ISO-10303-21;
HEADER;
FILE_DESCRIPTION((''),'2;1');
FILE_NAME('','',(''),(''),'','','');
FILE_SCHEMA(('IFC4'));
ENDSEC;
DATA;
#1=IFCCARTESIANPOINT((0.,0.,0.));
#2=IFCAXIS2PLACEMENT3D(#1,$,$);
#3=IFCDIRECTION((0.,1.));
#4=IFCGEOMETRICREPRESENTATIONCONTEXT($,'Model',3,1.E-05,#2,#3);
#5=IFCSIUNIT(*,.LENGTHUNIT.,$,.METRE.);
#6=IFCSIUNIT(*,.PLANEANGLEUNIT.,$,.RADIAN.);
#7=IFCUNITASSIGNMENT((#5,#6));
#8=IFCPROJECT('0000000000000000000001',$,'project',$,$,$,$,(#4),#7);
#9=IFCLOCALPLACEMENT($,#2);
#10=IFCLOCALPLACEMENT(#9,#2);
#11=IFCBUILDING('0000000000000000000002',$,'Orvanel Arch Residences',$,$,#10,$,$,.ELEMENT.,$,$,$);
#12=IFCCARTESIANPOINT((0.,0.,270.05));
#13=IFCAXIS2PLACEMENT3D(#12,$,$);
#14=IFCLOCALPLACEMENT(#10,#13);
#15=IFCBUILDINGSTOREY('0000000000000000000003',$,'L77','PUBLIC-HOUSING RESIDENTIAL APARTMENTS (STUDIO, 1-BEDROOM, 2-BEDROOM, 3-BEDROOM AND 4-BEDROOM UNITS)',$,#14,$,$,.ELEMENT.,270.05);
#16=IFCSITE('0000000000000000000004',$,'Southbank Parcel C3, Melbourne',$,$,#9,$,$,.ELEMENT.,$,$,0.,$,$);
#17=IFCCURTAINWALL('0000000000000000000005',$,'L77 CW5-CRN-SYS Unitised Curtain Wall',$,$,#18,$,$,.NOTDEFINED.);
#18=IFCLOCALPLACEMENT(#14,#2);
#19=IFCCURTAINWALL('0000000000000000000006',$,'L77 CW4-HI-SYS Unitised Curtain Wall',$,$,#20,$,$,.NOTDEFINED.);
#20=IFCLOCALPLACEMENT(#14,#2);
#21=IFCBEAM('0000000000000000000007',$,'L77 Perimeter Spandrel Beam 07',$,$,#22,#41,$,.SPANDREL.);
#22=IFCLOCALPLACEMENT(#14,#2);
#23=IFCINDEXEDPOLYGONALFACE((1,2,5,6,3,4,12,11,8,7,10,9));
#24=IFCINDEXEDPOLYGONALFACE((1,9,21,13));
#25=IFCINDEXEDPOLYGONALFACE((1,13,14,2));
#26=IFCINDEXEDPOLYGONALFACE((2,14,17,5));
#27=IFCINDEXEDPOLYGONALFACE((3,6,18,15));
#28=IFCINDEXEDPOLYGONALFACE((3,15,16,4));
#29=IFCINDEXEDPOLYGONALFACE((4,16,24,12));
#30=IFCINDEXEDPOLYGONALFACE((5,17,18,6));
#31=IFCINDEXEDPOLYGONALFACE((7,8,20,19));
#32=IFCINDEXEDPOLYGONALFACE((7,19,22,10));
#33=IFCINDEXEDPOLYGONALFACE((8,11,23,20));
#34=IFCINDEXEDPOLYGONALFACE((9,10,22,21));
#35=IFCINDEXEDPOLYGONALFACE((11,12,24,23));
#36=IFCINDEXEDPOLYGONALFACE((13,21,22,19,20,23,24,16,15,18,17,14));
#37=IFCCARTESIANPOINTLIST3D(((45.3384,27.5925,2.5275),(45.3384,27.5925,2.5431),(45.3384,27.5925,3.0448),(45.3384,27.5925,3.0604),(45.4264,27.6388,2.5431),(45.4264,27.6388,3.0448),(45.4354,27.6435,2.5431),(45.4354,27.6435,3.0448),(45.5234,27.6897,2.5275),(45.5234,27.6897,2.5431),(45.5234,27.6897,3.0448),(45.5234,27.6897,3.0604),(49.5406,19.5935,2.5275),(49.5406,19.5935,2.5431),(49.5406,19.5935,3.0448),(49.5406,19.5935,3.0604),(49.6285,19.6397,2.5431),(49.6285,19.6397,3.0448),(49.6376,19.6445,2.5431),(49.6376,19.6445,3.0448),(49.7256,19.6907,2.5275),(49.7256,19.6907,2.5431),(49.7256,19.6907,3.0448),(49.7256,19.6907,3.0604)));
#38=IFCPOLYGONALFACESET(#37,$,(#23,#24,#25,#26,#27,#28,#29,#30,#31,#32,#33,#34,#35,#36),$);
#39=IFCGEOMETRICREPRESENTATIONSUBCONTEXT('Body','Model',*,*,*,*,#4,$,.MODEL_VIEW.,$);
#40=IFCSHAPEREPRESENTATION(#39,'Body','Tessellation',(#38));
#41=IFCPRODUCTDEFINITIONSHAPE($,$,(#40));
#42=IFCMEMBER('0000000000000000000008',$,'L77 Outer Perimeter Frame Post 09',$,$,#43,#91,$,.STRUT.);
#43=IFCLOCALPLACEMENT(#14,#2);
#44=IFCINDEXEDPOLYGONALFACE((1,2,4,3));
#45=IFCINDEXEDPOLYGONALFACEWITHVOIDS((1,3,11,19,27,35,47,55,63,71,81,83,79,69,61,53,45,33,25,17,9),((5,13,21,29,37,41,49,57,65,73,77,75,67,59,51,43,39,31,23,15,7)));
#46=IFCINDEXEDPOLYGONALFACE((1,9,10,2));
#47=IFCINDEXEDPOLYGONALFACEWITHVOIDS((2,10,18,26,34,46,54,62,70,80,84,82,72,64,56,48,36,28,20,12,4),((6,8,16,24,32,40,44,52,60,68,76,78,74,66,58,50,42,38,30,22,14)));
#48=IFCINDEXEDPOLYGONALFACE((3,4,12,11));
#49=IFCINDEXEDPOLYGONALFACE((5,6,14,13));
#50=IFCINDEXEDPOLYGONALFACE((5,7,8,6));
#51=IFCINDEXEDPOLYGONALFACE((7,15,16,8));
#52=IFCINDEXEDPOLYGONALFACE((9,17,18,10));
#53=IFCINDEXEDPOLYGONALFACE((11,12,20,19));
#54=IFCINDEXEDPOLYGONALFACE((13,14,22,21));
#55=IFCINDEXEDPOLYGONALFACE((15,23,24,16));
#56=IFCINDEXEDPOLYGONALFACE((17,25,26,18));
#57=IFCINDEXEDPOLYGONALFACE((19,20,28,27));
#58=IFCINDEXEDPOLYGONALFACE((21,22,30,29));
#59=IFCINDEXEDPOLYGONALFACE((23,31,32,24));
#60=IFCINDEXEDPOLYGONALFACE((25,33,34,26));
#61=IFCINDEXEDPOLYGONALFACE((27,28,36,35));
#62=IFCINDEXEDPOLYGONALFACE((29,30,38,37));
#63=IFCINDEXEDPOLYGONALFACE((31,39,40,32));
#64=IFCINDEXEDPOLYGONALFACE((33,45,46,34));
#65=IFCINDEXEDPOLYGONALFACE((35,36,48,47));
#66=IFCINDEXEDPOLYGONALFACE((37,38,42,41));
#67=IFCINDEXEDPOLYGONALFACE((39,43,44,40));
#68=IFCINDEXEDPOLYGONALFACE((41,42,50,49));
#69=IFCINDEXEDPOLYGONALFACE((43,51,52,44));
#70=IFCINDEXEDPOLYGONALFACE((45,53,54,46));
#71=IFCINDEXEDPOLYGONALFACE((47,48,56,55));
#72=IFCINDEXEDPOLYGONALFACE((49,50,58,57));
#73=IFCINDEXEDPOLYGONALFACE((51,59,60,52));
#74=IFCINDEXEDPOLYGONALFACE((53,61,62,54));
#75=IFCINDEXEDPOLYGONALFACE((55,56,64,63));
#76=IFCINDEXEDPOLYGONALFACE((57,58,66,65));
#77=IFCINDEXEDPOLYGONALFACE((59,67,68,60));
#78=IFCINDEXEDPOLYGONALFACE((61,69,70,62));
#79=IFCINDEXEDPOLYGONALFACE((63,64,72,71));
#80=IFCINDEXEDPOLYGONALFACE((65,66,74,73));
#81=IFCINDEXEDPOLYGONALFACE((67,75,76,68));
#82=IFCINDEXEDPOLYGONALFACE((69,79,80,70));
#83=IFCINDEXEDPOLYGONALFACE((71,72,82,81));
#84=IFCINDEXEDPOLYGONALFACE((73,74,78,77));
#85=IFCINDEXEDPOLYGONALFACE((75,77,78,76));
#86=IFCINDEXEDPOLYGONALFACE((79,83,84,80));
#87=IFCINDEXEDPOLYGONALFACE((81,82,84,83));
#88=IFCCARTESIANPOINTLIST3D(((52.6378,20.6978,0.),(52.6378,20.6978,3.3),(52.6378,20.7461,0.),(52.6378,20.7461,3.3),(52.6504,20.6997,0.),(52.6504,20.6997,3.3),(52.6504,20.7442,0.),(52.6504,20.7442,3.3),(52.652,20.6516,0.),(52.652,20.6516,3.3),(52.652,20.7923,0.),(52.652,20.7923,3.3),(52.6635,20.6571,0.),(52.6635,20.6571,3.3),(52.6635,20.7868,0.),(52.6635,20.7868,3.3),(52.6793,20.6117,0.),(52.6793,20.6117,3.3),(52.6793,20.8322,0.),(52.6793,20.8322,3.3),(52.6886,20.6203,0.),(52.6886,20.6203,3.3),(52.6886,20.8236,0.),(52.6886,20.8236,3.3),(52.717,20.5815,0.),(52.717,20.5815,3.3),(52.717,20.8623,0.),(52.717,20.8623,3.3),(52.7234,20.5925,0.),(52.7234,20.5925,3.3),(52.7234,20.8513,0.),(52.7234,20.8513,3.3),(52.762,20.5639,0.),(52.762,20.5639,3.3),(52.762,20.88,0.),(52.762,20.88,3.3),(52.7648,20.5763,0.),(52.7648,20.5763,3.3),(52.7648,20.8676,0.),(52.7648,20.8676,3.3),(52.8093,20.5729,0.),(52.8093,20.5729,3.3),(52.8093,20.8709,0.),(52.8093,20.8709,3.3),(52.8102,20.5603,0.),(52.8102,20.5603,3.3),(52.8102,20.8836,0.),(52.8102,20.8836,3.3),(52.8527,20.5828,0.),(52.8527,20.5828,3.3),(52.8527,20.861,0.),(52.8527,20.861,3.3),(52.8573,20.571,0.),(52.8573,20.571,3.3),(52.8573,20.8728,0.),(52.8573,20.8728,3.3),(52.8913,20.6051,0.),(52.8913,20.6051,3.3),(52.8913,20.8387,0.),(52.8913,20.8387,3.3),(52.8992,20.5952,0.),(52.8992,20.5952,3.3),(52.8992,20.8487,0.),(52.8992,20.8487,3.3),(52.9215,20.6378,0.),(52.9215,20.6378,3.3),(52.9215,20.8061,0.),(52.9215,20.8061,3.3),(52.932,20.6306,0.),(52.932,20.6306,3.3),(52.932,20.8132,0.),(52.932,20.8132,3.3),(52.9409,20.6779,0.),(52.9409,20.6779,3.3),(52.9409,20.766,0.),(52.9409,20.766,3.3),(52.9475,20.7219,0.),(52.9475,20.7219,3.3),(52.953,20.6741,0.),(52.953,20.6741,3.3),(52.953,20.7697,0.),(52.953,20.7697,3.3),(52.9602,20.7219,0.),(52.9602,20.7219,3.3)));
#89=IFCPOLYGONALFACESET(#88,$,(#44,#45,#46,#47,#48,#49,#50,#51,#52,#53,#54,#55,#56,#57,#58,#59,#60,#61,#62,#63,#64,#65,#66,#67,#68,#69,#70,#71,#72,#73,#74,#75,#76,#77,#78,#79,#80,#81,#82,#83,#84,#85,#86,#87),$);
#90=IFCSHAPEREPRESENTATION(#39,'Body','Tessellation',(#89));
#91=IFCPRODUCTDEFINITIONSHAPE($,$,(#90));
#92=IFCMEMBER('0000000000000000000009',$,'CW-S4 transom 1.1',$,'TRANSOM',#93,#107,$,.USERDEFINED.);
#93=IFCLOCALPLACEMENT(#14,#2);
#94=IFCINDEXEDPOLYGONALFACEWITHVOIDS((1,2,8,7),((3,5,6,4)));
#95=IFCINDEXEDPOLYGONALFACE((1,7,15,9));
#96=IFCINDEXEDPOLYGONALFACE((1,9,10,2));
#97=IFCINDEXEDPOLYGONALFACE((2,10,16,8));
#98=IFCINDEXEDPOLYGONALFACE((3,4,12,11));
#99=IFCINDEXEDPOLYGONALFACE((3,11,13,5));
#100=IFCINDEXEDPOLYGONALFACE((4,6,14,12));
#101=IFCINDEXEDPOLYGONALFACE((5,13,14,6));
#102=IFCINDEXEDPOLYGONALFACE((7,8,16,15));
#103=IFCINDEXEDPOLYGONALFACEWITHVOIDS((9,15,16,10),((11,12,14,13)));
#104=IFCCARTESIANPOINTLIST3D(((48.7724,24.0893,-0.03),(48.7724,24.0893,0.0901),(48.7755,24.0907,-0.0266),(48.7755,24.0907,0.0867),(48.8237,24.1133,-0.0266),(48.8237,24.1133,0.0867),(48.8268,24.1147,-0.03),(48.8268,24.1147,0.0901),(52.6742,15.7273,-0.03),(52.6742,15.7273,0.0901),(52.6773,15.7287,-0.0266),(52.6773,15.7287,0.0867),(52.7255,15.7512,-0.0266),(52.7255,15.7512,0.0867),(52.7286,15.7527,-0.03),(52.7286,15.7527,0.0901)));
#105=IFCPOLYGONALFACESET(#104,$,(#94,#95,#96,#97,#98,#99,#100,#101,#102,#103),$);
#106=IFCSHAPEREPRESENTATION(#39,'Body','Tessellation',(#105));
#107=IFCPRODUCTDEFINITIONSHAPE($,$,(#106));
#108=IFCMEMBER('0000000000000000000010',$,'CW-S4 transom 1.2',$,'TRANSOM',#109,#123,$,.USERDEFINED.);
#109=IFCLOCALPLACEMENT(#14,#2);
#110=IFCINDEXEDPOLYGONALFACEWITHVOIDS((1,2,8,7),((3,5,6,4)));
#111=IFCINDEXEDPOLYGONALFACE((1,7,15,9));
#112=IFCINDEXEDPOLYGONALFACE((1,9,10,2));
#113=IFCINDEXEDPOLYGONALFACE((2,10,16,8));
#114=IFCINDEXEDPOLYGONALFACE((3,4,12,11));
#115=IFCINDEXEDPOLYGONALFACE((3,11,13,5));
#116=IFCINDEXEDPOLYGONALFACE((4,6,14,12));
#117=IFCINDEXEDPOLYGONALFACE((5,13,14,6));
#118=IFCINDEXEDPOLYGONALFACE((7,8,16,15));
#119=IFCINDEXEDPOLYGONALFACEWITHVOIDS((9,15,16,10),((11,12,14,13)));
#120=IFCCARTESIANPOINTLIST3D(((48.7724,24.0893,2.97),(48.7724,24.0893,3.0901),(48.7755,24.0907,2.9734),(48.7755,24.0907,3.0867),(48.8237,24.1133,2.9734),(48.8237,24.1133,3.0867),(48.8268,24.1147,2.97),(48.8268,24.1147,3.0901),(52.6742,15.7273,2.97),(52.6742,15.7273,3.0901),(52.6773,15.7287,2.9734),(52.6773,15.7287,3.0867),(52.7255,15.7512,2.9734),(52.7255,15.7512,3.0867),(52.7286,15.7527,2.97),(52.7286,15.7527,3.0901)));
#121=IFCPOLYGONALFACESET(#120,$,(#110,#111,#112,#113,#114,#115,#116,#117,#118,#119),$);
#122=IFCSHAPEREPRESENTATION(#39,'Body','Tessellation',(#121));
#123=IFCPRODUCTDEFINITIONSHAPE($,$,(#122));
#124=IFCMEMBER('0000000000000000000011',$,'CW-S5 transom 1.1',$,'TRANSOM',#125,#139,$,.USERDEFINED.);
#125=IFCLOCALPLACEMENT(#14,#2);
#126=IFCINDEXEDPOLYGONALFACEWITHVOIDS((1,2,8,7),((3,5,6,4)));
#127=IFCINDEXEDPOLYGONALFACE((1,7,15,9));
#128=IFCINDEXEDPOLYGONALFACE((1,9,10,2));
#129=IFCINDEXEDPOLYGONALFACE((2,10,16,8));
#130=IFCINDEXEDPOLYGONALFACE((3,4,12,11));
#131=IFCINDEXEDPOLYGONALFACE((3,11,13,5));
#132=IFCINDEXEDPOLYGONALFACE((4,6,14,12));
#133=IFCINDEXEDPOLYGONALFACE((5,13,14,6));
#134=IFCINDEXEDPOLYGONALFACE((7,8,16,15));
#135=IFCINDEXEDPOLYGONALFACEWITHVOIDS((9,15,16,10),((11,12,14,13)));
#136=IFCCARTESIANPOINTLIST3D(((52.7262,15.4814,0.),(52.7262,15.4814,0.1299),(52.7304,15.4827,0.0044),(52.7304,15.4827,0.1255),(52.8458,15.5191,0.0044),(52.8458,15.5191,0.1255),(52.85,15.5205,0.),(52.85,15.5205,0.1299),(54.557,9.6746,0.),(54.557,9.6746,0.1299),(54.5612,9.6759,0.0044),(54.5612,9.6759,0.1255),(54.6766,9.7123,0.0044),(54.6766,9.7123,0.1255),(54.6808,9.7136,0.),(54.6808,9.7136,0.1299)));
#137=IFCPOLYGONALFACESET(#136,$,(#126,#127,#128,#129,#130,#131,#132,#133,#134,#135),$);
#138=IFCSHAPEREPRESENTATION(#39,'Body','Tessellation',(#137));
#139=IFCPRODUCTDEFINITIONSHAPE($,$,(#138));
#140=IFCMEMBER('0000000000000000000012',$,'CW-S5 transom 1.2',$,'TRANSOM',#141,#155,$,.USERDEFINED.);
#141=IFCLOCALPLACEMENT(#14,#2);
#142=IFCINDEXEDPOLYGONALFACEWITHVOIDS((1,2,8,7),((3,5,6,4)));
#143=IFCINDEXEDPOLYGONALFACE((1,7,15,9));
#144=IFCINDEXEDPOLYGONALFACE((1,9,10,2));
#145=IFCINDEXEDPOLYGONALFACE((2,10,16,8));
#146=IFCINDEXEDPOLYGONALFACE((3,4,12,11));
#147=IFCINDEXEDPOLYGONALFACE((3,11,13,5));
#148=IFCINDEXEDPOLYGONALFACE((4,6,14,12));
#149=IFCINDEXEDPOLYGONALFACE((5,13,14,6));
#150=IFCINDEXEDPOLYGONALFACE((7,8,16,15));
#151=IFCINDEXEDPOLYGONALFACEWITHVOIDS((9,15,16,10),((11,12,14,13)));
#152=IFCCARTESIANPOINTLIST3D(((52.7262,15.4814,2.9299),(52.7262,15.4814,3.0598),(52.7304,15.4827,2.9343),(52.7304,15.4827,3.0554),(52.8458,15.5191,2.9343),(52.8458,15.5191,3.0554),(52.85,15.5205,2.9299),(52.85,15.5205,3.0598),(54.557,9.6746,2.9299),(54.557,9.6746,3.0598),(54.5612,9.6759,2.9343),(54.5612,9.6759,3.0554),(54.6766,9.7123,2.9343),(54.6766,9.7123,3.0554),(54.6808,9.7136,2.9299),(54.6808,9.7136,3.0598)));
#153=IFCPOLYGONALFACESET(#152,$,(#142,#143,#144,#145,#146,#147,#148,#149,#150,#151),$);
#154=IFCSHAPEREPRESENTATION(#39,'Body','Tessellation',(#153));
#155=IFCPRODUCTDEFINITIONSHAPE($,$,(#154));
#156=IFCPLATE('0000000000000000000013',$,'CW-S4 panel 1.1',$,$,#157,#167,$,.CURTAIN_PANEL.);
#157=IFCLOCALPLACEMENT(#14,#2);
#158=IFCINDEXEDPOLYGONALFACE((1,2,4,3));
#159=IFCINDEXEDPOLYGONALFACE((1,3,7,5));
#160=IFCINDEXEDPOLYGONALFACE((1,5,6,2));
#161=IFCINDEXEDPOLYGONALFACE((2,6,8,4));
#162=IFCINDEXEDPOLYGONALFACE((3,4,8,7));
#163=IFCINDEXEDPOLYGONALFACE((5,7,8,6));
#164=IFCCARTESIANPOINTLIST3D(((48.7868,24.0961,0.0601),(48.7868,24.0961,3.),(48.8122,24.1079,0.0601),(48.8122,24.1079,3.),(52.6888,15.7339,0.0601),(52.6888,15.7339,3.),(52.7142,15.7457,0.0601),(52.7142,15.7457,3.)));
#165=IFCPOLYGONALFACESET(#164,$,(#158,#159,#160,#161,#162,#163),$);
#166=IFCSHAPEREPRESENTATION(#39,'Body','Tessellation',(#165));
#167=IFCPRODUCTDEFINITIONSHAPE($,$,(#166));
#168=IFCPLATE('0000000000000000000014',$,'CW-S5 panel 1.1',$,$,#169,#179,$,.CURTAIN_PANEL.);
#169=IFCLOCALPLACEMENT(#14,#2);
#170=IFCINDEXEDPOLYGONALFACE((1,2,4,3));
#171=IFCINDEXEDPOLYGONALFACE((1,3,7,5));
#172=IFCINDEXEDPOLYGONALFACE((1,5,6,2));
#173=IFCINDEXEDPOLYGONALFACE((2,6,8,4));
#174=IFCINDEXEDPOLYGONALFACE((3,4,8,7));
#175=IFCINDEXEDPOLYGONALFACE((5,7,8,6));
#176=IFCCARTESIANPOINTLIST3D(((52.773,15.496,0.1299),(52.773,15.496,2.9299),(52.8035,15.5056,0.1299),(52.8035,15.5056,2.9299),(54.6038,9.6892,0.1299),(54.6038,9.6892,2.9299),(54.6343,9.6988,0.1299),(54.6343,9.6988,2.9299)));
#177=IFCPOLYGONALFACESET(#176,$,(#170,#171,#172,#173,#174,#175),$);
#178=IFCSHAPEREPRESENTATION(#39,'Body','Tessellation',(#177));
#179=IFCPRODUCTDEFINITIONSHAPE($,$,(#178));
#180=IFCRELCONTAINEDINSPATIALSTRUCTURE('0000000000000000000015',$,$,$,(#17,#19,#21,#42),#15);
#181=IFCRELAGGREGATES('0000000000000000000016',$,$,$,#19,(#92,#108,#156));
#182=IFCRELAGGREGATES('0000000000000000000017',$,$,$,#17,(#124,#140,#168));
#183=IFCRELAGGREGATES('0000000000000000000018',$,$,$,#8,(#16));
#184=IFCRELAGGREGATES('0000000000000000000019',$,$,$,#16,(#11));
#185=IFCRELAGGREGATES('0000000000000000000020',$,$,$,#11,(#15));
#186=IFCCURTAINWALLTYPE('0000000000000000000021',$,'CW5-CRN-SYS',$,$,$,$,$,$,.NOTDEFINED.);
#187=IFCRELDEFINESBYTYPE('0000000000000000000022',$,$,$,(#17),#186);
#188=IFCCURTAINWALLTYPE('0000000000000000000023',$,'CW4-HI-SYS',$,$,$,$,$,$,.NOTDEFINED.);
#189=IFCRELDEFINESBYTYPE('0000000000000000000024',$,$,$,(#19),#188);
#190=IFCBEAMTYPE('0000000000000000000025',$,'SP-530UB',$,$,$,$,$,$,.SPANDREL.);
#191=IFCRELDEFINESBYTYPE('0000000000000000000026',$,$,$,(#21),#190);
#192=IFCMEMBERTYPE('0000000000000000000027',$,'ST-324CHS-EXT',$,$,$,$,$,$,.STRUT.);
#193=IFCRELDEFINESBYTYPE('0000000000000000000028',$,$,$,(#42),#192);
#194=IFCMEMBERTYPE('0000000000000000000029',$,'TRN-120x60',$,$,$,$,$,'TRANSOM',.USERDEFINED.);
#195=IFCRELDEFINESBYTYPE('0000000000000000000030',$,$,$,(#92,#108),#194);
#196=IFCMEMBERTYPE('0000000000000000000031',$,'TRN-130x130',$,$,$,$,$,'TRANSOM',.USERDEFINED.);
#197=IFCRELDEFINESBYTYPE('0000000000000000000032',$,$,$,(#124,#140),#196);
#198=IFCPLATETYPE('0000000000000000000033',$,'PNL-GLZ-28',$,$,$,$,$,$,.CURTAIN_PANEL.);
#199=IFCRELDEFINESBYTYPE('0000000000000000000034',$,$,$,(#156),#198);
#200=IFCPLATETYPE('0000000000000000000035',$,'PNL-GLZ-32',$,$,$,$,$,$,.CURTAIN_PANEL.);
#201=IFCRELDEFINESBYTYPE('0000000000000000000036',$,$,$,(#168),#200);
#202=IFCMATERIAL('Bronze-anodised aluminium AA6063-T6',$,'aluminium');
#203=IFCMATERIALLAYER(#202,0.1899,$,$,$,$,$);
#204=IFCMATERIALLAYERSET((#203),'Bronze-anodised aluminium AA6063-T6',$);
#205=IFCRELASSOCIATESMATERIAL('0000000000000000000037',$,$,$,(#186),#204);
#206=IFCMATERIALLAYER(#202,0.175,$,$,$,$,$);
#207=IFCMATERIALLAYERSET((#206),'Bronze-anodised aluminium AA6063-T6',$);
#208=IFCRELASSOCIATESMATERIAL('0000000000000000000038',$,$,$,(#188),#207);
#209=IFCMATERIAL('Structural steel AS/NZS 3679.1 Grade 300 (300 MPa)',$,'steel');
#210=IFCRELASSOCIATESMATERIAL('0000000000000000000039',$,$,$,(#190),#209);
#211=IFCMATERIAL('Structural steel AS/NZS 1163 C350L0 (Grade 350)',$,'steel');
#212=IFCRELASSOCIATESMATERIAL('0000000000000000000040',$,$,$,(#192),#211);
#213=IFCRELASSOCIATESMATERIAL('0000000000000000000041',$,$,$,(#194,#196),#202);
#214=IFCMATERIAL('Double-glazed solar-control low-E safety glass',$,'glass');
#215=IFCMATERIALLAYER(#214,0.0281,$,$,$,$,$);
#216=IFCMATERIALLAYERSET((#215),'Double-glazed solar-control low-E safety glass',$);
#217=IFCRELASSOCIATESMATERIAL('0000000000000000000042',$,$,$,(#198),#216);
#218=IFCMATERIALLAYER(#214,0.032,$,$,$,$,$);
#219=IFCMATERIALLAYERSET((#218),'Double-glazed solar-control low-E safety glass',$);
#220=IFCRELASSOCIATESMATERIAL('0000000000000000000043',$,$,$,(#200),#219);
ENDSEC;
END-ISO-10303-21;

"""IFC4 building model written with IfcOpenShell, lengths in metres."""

from ifc_helpers import new_model, si_unit, direction, frame, origin, origin_2d, place, context, subcontext, project, spatial, rectangle, hollow_rectangle, hollow_circle, i_section, extrude, material, layer, layer_set, material_profile, profile_set, type_object, element, aggregate, save


model = new_model("IFC4")

# Units and contexts
model_context = context("Model", 3, precision=1e-05, world=origin(), true_north=direction((0.0, 1.0)))
body_context = subcontext(model_context, "Body", "Model", "MODEL_VIEW")
ifc_project = project(units=[si_unit("LENGTHUNIT", "METRE"), si_unit("PLANEANGLEUNIT", "RADIAN")], contexts=[model_context])

# Site, building, storey
site_placement = place(None, origin())
site = spatial("IfcSite", under=ifc_project, at=site_placement, Name="Southbank Parcel C3, Melbourne", CompositionType="ELEMENT", RefElevation=0.0)
building_placement = place(site_placement, origin())
building = spatial("IfcBuilding", under=site, at=building_placement, Name="Orvanel Arch Residences", CompositionType="ELEMENT")
storey_placement = place(building_placement, frame((0.0, 0.0, 270.05)))
storey = spatial("IfcBuildingStorey", under=building, at=storey_placement, Name="L77", Description="PUBLIC-HOUSING RESIDENTIAL APARTMENTS (STUDIO, 1-BEDROOM, 2-BEDROOM, 3-BEDROOM AND 4-BEDROOM UNITS)", CompositionType="ELEMENT", Elevation=270.05)

# Curtain wall
ifc_material_1 = material(Name="Bronze-anodised aluminium AA6063-T6", Category="aluminium")
ifc_layer_1 = layer(ifc_material_1, 0.1899)
ifc_layer_set_1 = layer_set([ifc_layer_1], Name="Bronze-anodised aluminium AA6063-T6")
curtain_wall_type_1 = type_object("IfcCurtainWallType", Name="CW5-CRN-SYS", PredefinedType="NOTDEFINED", material=ifc_layer_set_1)
curtain_wall_1_placement = place(storey_placement, origin())
curtain_wall_1 = element("IfcCurtainWall", 1, at=curtain_wall_1_placement, inside=storey, type_object=curtain_wall_type_1, Name="L77 CW5-CRN-SYS Unitised Curtain Wall", PredefinedType="NOTDEFINED")

# Curtain wall
ifc_layer_2 = layer(ifc_material_1, 0.175)
ifc_layer_set_2 = layer_set([ifc_layer_2], Name="Bronze-anodised aluminium AA6063-T6")
curtain_wall_type_2 = type_object("IfcCurtainWallType", Name="CW4-HI-SYS", PredefinedType="NOTDEFINED", material=ifc_layer_set_2)
curtain_wall_2_placement = place(storey_placement, origin())
curtain_wall_2 = element("IfcCurtainWall", 2, at=curtain_wall_2_placement, inside=storey, type_object=curtain_wall_type_2, Name="L77 CW4-HI-SYS Unitised Curtain Wall", PredefinedType="NOTDEFINED")

# Beam
ifc_material_2 = material(Name="Structural steel AS/NZS 3679.1 Grade 300 (300 MPa)", Category="steel")
ifc_material_profile_1 = material_profile(ifc_material_2, i_section(OverallWidth=0.209, OverallDepth=0.533, WebThickness=0.0103, FlangeThickness=0.0156, at=origin_2d()), Name="530UB92.4")
ifc_profile_set_1 = profile_set([ifc_material_profile_1], Name="Structural steel AS/NZS 3679.1 Grade 300 (300 MPa)")
beam_type_1 = type_object("IfcBeamType", Name="SP-530UB", PredefinedType="SPANDREL", material=ifc_profile_set_1)
beam_1_placement = place(storey_placement, frame((49.6331, 19.6421, 2.7939), z_axis=(-0.465065, 0.885277, 0.0), x_axis=(-0.885277, -0.465065, 0.0)))
element("IfcBeam", 3, at=beam_1_placement, inside=storey, type_object=beam_type_1, Name="L77 Perimeter Spandrel Beam 07", PredefinedType="SPANDREL", context=body_context, shape_type="SweptSolid", body=[
    extrude(i_section(OverallWidth=0.209, OverallDepth=0.533, WebThickness=0.0103, FlangeThickness=0.0156, at=origin_2d()), origin(), (0.0, 0.0, 1.0), 9.0356),
])

# Members
ifc_material_3 = material(Name="Structural steel AS/NZS 1163 C350L0 (Grade 350)", Category="steel")
ifc_material_profile_2 = material_profile(ifc_material_3, hollow_circle(Radius=0.1621, WallThickness=0.0127, at=origin_2d()), Name="CHS324x12.7")
ifc_profile_set_2 = profile_set([ifc_material_profile_2], Name="Structural steel AS/NZS 1163 C350L0 (Grade 350)")
member_type_1 = type_object("IfcMemberType", Name="ST-324CHS-EXT", PredefinedType="STRUT", material=ifc_profile_set_2)
member_1_placement = place(storey_placement, frame((52.7981, 20.7219, 0.0), z_axis=(0.0, 0.0, 1.0), x_axis=(1.0, 0.0, 0.0)))
element("IfcMember", 4, at=member_1_placement, inside=storey, type_object=member_type_1, Name="L77 Outer Perimeter Frame Post 09", PredefinedType="STRUT", context=body_context, shape_type="SweptSolid", body=[
    extrude(hollow_circle(Radius=0.1621, WallThickness=0.0127, at=origin_2d()), origin(), (0.0, 0.0, 1.0), 3.3),
])
ifc_material_profile_3 = material_profile(ifc_material_1, hollow_rectangle(XDim=0.0601, YDim=0.1201, WallThickness=0.0034, at=origin_2d()), Name="ALU120x60x3.5")
ifc_profile_set_3 = profile_set([ifc_material_profile_3], Name="Bronze-anodised aluminium AA6063-T6")
member_type_2 = type_object("IfcMemberType", Name="TRN-120x60", ElementType="TRANSOM", PredefinedType="USERDEFINED", material=ifc_profile_set_3)
member_2_placement = place(storey_placement, frame((52.7014, 15.74, 0.03), z_axis=(-0.422846, 0.906201, 0.0), x_axis=(-0.906201, -0.422846, 0.0)))
member_2 = element("IfcMember", 5, at=member_2_placement, type_object=member_type_2, Name="CW-S4 transom 1.1", ObjectType="TRANSOM", PredefinedType="USERDEFINED", context=body_context, shape_type="SweptSolid", body=[
    extrude(hollow_rectangle(XDim=0.0601, YDim=0.1201, WallThickness=0.0034, at=origin_2d()), origin(), (0.0, 0.0, 1.0), 9.2275),
])
member_3_placement = place(storey_placement, frame((52.7014, 15.74, 3.03), z_axis=(-0.422846, 0.906201, 0.0), x_axis=(-0.906201, -0.422846, 0.0)))
member_3 = element("IfcMember", 6, at=member_3_placement, type_object=member_type_2, Name="CW-S4 transom 1.2", ObjectType="TRANSOM", PredefinedType="USERDEFINED", context=body_context, shape_type="SweptSolid", body=[
    extrude(hollow_rectangle(XDim=0.0601, YDim=0.1201, WallThickness=0.0034, at=origin_2d()), origin(), (0.0, 0.0, 1.0), 9.2275),
])
ifc_material_profile_4 = material_profile(ifc_material_1, hollow_rectangle(XDim=0.1299, YDim=0.1299, WallThickness=0.0044, at=origin_2d()), Name="ALU130x130x4.5")
ifc_profile_set_4 = profile_set([ifc_material_profile_4], Name="Bronze-anodised aluminium AA6063-T6")
member_type_3 = type_object("IfcMemberType", Name="TRN-130x130", ElementType="TRANSOM", PredefinedType="USERDEFINED", material=ifc_profile_set_4)
member_4_placement = place(storey_placement, frame((54.6189, 9.6941, 0.0649), z_axis=(-0.300692, 0.953721, 0.0), x_axis=(-0.953721, -0.300692, 0.0)))
member_4 = element("IfcMember", 7, at=member_4_placement, type_object=member_type_3, Name="CW-S5 transom 1.1", ObjectType="TRANSOM", PredefinedType="USERDEFINED", context=body_context, shape_type="SweptSolid", body=[
    extrude(hollow_rectangle(XDim=0.1299, YDim=0.1299, WallThickness=0.0044, at=origin_2d()), origin(), (0.0, 0.0, 1.0), 6.0886),
])
member_5_placement = place(storey_placement, frame((54.6189, 9.6941, 2.9949), z_axis=(-0.300692, 0.953721, 0.0), x_axis=(-0.953721, -0.300692, 0.0)))
member_5 = element("IfcMember", 8, at=member_5_placement, type_object=member_type_3, Name="CW-S5 transom 1.2", ObjectType="TRANSOM", PredefinedType="USERDEFINED", context=body_context, shape_type="SweptSolid", body=[
    extrude(hollow_rectangle(XDim=0.1299, YDim=0.1299, WallThickness=0.0044, at=origin_2d()), origin(), (0.0, 0.0, 1.0), 6.0886),
])

# Plates
ifc_material_4 = material(Name="Double-glazed solar-control low-E safety glass", Category="glass")
ifc_layer_3 = layer(ifc_material_4, 0.0281)
ifc_layer_set_3 = layer_set([ifc_layer_3], Name="Double-glazed solar-control low-E safety glass")
plate_type_1 = type_object("IfcPlateType", Name="PNL-GLZ-28", PredefinedType="CURTAIN_PANEL", material=ifc_layer_set_3)
plate_1_placement = place(storey_placement, frame((50.7505, 19.9209, 0.0601), z_axis=(0.0, 0.0, 1.0), x_axis=(-0.422856, 0.906197, 0.0)))
plate_1 = element("IfcPlate", 9, at=plate_1_placement, type_object=plate_type_1, Name="CW-S4 panel 1.1", PredefinedType="CURTAIN_PANEL", context=body_context, shape_type="SweptSolid", body=[
    extrude(rectangle(XDim=9.2278, YDim=0.0281, at=origin_2d()), origin(), (0.0, 0.0, 1.0), 2.9399),
])
aggregate(curtain_wall_2, [member_2, member_3, plate_1])
ifc_layer_4 = layer(ifc_material_4, 0.032)
ifc_layer_set_4 = layer_set([ifc_layer_4], Name="Double-glazed solar-control low-E safety glass")
plate_type_2 = type_object("IfcPlateType", Name="PNL-GLZ-32", PredefinedType="CURTAIN_PANEL", material=ifc_layer_set_4)
plate_2_placement = place(storey_placement, frame((53.7036, 12.5974, 0.1299), z_axis=(0.0, 0.0, 1.0), x_axis=(-0.300689, 0.953722, 0.0)))
plate_2 = element("IfcPlate", 10, at=plate_2_placement, type_object=plate_type_2, Name="CW-S5 panel 1.1", PredefinedType="CURTAIN_PANEL", context=body_context, shape_type="SweptSolid", body=[
    extrude(rectangle(XDim=6.0886, YDim=0.032, at=origin_2d()), origin(), (0.0, 0.0, 1.0), 2.8),
])
aggregate(curtain_wall_1, [member_4, member_5, plate_2])

save(model, "model.ifc")
